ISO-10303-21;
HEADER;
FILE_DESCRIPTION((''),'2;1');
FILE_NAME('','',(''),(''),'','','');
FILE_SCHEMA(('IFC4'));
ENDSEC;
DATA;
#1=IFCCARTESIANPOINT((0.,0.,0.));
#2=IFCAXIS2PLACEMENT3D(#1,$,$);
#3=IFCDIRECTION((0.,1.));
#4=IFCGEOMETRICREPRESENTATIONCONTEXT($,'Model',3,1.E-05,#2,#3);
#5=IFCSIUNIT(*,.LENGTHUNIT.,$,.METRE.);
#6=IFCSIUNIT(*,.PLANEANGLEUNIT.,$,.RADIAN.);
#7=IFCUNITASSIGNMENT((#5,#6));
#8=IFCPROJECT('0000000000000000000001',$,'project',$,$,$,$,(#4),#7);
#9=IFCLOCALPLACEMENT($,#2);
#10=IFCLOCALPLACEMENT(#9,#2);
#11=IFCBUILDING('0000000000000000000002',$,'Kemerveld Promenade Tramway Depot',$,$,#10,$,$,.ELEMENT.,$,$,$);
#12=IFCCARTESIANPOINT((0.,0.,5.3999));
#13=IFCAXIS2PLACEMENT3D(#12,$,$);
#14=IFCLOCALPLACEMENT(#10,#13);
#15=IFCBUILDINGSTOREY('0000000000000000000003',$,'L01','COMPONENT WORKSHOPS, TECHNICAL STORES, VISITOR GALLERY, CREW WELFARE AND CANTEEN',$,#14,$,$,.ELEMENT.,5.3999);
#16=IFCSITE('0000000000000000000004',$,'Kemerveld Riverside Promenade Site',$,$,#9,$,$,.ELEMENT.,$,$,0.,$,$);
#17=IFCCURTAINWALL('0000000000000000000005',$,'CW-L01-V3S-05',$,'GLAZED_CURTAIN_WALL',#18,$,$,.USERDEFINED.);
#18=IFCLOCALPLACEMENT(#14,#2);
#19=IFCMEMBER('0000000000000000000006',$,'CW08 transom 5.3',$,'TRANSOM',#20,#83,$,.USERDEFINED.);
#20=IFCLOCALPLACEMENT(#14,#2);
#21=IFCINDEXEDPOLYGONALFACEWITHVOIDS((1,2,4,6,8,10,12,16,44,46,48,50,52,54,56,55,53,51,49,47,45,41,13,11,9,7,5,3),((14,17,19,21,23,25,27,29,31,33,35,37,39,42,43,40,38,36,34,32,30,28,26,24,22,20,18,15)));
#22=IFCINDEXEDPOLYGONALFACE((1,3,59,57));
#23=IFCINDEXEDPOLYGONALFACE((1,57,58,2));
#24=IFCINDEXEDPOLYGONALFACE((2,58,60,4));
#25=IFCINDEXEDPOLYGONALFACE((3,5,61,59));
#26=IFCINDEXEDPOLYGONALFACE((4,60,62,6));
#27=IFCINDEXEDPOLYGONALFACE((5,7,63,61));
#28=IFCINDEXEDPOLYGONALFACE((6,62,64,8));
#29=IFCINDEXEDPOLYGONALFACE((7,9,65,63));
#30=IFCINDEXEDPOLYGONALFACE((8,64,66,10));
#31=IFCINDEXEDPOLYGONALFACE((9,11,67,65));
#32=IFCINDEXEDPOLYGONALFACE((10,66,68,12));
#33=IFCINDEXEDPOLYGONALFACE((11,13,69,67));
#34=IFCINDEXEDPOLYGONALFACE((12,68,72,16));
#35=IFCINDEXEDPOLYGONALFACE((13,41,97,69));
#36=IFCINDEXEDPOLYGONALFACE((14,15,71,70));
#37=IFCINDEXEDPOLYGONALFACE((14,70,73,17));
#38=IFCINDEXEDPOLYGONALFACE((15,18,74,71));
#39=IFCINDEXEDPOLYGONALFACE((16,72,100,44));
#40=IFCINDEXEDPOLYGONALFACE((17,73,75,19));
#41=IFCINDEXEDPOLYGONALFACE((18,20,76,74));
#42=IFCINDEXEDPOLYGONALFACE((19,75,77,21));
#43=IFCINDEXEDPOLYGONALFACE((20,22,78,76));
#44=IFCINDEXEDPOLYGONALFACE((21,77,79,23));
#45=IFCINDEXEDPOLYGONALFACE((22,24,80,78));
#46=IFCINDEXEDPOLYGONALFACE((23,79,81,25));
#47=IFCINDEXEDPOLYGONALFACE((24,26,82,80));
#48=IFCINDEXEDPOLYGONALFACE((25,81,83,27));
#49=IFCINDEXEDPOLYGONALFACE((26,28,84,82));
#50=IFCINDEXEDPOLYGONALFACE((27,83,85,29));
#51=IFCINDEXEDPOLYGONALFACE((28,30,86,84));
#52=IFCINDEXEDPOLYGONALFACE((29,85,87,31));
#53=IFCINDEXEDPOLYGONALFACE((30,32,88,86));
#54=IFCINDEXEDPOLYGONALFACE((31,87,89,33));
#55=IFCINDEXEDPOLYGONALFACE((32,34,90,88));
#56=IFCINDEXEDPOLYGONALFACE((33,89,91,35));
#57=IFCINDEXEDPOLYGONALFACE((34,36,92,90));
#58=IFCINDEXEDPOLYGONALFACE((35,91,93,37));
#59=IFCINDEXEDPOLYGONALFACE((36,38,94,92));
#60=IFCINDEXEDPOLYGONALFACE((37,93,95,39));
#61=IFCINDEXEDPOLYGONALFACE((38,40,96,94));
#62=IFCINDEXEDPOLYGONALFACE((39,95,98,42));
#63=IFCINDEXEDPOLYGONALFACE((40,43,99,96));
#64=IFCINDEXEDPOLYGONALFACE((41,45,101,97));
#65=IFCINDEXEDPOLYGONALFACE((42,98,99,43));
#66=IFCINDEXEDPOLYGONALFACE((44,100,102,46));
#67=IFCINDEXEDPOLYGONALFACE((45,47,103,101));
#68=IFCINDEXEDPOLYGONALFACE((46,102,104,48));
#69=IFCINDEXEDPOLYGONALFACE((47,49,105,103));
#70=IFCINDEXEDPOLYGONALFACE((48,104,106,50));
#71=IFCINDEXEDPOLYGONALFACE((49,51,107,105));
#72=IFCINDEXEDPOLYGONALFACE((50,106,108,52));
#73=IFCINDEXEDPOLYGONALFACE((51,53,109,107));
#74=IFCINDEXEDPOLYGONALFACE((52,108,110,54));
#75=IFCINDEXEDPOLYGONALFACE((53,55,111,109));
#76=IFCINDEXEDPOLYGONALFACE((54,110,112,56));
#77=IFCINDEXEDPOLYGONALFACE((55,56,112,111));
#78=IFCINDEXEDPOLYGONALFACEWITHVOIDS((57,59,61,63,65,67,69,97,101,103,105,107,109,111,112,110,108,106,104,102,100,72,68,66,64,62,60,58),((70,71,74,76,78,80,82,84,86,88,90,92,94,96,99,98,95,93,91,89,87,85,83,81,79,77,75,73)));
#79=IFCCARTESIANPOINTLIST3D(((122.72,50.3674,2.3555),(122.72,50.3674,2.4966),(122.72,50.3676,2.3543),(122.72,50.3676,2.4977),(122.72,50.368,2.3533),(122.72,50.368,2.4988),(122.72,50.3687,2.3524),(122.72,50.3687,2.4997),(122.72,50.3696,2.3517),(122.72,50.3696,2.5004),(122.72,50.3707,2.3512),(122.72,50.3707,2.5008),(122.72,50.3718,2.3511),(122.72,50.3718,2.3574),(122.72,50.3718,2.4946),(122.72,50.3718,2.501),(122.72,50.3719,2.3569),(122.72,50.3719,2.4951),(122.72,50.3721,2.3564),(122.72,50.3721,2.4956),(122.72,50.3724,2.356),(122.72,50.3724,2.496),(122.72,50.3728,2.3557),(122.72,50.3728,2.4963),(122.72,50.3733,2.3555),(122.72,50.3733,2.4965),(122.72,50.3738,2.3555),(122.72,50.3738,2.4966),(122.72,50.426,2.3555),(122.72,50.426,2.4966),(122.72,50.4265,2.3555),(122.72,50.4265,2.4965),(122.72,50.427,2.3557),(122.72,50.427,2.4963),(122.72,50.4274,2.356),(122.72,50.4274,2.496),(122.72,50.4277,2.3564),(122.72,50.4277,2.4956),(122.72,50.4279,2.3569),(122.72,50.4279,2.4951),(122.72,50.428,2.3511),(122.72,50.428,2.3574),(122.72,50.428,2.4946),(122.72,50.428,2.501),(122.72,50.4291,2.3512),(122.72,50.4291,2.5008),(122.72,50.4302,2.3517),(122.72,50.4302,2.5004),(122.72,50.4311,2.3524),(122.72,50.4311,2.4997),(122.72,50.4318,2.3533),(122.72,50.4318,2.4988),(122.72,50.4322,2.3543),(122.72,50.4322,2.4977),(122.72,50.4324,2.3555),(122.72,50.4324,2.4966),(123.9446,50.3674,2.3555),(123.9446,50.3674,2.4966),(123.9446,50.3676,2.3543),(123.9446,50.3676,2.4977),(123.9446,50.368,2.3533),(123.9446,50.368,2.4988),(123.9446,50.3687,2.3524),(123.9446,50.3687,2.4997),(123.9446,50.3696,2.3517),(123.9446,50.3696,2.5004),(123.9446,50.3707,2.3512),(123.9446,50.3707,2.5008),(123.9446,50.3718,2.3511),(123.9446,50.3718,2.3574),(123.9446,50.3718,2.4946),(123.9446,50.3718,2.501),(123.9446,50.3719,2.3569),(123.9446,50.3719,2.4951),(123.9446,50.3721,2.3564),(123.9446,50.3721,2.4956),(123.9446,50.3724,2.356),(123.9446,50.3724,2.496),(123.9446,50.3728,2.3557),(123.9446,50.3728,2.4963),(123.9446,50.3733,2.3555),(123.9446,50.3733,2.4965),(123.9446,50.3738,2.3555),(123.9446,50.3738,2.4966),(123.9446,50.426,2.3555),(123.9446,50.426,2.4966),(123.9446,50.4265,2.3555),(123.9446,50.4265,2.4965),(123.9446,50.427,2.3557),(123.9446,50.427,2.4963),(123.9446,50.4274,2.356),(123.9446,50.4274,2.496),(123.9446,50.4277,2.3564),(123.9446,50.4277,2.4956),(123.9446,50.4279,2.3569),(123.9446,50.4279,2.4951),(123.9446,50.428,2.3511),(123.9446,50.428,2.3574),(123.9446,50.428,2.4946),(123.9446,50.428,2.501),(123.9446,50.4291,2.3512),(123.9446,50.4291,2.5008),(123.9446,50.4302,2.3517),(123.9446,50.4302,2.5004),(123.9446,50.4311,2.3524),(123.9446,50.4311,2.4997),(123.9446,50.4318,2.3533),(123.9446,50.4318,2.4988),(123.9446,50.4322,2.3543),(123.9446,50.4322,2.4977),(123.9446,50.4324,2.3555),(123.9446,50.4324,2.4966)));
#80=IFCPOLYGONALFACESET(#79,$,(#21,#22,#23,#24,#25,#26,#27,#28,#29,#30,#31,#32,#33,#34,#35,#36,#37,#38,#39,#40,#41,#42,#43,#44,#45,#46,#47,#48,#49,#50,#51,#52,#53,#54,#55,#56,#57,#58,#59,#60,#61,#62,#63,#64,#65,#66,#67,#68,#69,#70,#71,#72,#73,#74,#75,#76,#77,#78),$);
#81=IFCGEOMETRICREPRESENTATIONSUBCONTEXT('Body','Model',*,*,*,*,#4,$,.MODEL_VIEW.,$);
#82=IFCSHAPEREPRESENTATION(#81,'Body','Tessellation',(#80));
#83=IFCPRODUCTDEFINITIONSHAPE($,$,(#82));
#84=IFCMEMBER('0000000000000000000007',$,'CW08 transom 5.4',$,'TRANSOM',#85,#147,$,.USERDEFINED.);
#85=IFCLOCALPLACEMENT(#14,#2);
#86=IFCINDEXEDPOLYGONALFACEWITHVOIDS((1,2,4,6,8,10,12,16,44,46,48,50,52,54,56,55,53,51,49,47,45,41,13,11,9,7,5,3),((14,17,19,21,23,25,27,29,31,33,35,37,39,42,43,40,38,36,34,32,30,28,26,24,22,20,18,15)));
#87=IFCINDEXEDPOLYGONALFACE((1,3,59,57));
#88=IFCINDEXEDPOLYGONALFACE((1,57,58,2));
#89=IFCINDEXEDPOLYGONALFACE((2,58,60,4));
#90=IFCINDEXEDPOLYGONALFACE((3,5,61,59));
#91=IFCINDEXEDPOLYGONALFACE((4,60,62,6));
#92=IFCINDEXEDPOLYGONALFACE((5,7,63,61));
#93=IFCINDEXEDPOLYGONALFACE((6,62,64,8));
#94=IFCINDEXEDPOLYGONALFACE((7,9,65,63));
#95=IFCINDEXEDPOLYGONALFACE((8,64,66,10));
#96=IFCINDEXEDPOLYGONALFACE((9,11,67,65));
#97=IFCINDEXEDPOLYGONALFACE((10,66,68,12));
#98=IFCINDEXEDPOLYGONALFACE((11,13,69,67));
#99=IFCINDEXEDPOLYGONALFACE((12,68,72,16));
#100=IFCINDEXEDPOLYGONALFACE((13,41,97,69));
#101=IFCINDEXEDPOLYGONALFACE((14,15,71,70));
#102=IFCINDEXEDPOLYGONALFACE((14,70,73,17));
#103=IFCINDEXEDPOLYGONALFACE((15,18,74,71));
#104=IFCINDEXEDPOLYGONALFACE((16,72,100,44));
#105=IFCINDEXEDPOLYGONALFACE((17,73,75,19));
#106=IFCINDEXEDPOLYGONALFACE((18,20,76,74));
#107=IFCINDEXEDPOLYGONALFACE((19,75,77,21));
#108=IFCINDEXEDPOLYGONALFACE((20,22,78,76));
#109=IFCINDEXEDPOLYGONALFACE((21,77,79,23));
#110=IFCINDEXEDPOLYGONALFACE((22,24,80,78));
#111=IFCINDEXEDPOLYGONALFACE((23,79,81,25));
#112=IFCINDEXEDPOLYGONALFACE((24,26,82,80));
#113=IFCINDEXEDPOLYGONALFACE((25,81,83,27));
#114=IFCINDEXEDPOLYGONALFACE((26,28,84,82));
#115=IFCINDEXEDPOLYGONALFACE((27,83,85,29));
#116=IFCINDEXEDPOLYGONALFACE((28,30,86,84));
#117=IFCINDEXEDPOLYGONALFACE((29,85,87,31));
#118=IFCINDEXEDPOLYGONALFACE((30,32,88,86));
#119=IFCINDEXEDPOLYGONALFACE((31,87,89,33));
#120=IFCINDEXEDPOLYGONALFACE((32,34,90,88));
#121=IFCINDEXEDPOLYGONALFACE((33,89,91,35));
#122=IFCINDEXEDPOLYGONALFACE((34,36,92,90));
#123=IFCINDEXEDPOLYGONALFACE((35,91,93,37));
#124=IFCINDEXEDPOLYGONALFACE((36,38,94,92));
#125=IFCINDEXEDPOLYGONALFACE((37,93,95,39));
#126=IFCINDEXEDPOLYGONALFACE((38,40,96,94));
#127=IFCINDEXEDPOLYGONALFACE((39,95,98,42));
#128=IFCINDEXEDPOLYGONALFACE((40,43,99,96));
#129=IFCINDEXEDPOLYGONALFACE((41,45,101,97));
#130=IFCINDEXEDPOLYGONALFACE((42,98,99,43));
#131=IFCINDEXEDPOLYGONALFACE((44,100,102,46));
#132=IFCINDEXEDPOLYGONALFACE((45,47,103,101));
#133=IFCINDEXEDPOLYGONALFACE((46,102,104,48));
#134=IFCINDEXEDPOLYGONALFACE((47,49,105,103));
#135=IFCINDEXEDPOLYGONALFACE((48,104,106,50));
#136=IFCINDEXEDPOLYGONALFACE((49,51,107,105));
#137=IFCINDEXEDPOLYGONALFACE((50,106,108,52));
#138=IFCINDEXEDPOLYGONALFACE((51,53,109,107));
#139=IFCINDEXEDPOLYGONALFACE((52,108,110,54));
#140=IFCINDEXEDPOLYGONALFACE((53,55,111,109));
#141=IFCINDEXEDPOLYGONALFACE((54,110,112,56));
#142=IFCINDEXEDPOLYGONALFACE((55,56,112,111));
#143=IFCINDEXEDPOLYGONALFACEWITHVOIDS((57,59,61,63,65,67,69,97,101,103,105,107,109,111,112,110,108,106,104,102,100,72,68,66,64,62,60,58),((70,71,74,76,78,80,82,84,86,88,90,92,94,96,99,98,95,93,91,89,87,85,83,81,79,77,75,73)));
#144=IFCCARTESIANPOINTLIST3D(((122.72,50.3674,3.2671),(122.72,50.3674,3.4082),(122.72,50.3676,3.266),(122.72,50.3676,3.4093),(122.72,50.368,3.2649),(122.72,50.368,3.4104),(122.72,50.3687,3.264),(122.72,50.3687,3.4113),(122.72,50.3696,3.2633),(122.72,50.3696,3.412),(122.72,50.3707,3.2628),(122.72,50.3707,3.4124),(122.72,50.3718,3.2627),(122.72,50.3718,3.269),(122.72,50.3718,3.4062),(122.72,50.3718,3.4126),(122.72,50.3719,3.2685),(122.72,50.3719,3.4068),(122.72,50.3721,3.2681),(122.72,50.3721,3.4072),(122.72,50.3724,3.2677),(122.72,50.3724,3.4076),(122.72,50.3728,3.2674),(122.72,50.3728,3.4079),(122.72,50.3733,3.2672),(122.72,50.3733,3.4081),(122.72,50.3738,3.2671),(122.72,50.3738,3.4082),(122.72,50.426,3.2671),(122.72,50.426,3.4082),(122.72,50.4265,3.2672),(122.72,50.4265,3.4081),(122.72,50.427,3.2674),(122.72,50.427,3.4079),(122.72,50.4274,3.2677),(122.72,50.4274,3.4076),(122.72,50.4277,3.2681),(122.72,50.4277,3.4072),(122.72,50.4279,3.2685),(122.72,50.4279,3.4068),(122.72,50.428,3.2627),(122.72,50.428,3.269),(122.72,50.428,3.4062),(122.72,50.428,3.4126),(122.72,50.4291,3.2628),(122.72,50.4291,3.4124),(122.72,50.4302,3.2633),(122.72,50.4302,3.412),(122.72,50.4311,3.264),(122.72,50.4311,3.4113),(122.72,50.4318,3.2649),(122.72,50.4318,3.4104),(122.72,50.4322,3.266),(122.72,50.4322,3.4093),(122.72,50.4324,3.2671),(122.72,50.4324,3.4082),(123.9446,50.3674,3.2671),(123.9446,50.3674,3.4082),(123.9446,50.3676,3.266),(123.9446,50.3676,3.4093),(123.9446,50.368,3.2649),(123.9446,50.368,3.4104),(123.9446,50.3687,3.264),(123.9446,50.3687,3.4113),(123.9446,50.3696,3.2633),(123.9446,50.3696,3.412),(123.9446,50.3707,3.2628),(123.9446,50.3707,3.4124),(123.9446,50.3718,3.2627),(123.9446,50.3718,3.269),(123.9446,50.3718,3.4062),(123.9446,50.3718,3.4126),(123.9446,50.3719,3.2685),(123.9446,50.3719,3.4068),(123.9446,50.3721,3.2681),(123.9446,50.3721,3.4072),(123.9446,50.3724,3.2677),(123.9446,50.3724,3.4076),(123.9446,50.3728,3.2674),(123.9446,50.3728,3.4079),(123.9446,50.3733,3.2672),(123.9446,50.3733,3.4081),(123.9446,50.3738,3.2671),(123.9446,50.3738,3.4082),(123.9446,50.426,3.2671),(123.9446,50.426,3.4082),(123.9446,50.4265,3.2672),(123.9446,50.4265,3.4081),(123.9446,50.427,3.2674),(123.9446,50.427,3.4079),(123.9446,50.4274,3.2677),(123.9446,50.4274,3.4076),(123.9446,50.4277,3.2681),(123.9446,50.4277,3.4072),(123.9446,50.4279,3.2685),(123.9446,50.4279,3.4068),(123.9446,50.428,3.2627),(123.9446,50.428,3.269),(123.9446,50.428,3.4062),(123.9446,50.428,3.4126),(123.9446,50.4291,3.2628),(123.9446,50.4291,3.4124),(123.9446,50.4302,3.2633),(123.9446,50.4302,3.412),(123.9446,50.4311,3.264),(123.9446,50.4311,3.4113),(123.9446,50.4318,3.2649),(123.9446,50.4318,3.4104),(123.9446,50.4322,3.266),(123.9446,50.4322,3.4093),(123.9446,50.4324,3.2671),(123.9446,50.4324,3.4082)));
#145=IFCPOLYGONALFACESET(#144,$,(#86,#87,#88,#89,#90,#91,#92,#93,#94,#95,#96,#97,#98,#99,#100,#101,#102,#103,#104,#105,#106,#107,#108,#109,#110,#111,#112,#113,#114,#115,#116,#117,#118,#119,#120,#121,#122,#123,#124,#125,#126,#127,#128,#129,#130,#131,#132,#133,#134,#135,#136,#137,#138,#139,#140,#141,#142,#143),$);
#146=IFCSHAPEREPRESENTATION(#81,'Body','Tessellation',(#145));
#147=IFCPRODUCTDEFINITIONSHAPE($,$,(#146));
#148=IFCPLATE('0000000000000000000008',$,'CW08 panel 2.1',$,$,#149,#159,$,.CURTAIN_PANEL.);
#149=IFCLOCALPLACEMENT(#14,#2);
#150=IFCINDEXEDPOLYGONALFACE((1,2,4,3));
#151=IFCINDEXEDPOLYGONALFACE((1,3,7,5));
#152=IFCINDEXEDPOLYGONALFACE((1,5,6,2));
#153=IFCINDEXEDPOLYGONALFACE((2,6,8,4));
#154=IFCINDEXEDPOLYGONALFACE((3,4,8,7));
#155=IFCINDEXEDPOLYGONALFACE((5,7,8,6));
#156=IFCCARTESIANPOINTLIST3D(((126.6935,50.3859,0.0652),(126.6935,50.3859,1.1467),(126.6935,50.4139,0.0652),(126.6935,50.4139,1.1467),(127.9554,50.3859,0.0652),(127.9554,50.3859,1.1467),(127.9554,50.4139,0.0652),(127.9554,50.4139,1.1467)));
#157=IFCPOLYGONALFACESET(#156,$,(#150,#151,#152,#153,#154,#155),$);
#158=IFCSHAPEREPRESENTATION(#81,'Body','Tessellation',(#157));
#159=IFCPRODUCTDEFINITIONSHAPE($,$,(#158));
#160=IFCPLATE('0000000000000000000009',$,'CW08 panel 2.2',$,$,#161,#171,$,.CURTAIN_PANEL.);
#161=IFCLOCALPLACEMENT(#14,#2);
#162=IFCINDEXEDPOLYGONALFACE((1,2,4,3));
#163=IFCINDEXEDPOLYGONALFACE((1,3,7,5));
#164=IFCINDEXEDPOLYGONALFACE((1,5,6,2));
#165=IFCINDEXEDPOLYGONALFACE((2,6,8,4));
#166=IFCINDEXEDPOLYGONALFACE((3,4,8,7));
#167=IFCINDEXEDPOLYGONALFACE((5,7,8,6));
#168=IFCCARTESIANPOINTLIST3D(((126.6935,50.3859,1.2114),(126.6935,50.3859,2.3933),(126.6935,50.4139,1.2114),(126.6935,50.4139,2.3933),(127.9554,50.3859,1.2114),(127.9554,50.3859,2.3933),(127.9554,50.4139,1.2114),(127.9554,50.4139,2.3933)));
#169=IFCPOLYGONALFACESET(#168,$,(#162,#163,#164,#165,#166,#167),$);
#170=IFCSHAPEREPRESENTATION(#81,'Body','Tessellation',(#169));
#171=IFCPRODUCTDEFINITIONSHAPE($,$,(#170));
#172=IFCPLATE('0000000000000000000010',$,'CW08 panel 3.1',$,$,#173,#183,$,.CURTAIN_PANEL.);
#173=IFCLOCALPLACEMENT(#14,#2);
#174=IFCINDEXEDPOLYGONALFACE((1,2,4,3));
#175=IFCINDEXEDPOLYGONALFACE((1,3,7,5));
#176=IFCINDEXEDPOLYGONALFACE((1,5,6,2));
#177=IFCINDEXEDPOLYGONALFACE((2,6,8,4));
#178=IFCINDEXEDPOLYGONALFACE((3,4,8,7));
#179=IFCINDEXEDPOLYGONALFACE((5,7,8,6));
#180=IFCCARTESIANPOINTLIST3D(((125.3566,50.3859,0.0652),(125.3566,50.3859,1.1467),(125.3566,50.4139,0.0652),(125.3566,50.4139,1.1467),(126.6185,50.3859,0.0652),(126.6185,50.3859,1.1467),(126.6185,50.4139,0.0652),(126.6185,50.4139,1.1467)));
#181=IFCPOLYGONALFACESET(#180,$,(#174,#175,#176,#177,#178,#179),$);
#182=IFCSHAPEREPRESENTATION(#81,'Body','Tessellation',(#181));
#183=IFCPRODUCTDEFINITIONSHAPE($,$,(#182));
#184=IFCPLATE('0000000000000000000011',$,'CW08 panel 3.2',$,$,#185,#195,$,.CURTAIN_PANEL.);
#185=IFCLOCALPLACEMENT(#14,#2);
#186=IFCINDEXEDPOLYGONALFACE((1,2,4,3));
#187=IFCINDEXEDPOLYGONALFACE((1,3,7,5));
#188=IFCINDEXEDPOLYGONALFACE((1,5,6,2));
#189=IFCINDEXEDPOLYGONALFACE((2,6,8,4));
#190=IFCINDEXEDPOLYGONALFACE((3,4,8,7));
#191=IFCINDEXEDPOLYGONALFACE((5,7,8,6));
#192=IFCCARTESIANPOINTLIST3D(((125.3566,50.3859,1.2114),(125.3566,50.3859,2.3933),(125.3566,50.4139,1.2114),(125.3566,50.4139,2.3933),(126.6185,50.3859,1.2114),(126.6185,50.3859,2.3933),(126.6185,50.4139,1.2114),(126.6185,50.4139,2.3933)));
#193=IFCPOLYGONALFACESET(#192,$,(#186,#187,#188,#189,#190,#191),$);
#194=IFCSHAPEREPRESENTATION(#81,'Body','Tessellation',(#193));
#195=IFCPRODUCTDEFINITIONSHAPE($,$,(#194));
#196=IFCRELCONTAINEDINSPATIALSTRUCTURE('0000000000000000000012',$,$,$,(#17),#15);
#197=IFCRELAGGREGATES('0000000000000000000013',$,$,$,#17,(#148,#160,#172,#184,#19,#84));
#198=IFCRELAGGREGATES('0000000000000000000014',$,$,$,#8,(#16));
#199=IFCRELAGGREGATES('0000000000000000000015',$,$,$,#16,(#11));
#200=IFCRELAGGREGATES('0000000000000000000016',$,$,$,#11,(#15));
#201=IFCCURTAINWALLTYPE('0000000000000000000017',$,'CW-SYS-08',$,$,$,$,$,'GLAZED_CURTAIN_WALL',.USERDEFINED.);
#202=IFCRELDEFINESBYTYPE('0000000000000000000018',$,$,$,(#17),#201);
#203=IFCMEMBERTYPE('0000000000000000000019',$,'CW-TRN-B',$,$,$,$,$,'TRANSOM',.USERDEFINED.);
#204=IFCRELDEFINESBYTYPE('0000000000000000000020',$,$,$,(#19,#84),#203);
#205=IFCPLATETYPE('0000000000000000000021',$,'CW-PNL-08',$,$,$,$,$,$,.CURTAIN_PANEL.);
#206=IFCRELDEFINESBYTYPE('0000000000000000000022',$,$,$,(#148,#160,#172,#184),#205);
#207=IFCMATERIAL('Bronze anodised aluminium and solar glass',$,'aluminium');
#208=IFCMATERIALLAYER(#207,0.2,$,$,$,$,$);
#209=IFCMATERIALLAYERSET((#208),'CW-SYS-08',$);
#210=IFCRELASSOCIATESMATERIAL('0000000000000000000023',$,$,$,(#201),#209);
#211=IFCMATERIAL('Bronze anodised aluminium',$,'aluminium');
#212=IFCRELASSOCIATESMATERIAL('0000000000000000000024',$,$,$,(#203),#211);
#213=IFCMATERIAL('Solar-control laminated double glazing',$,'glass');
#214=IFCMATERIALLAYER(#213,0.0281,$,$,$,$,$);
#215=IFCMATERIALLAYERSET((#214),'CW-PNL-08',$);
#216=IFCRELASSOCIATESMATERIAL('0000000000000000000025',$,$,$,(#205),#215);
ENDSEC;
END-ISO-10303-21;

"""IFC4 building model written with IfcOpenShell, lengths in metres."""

from ifc_helpers import new_model, si_unit, direction, frame, origin, origin_2d, place, context, subcontext, project, spatial, rectangle, hollow_rectangle, extrude, material, layer, layer_set, material_profile, profile_set, type_object, element, aggregate, save


model = new_model("IFC4")

# Units and contexts
model_context = context("Model", 3, precision=1e-05, world=origin(), true_north=direction((0.0, 1.0)))
body_context = subcontext(model_context, "Body", "Model", "MODEL_VIEW")
ifc_project = project(units=[si_unit("LENGTHUNIT", "METRE"), si_unit("PLANEANGLEUNIT", "RADIAN")], contexts=[model_context])

# Site, building, storey
site_placement = place(None, origin())
site = spatial("IfcSite", under=ifc_project, at=site_placement, Name="Kemerveld Riverside Promenade Site", CompositionType="ELEMENT", RefElevation=0.0)
building_placement = place(site_placement, origin())
building = spatial("IfcBuilding", under=site, at=building_placement, Name="Kemerveld Promenade Tramway Depot", CompositionType="ELEMENT")
storey_placement = place(building_placement, frame((0.0, 0.0, 5.3999)))
storey = spatial("IfcBuildingStorey", under=building, at=storey_placement, Name="L01", Description="COMPONENT WORKSHOPS, TECHNICAL STORES, VISITOR GALLERY, CREW WELFARE AND CANTEEN", CompositionType="ELEMENT", Elevation=5.3999)

# Curtain wall, members, plates
ifc_material_1 = material(Name="Bronze anodised aluminium and solar glass", Category="aluminium")
ifc_layer_1 = layer(ifc_material_1, 0.2)
ifc_layer_set_1 = layer_set([ifc_layer_1], Name="CW-SYS-08")
curtain_wall_type = type_object("IfcCurtainWallType", Name="CW-SYS-08", ElementType="GLAZED_CURTAIN_WALL", PredefinedType="USERDEFINED", material=ifc_layer_set_1)
curtain_wall_placement = place(storey_placement, origin())
curtain_wall = element("IfcCurtainWall", 1, at=curtain_wall_placement, inside=storey, type_object=curtain_wall_type, Name="CW-L01-V3S-05", ObjectType="GLAZED_CURTAIN_WALL", PredefinedType="USERDEFINED")
ifc_material_2 = material(Name="Bronze anodised aluminium", Category="aluminium")
ifc_material_profile_1 = material_profile(ifc_material_2, hollow_rectangle(XDim=0.0649, YDim=0.1499, WallThickness=0.0044, InnerFilletRadius=0.002, OuterFilletRadius=0.0044, at=origin_2d()), Name="CW-TRN-150x65")
ifc_profile_set_1 = profile_set([ifc_material_profile_1], Name="Bronze anodised aluminium")
member_type_1 = type_object("IfcMemberType", Name="CW-TRN-B", ElementType="TRANSOM", PredefinedType="USERDEFINED", material=ifc_profile_set_1)
member_1_placement = place(storey_placement, frame((123.9446, 50.3999, 2.426), z_axis=(-1.0, 0.0, 0.0), x_axis=(0.0, -1.0, 0.0)))
member_1 = element("IfcMember", 2, at=member_1_placement, type_object=member_type_1, Name="CW08 transom 5.3", ObjectType="TRANSOM", PredefinedType="USERDEFINED", context=body_context, shape_type="SweptSolid", body=[
    extrude(hollow_rectangle(XDim=0.0649, YDim=0.1499, WallThickness=0.0044, InnerFilletRadius=0.002, OuterFilletRadius=0.0044, at=origin_2d()), origin(), (0.0, 0.0, 1.0), 1.2246),
])
member_2_placement = place(storey_placement, frame((123.9446, 50.3999, 3.3376), z_axis=(-1.0, 0.0, 0.0), x_axis=(0.0, -1.0, 0.0)))
member_2 = element("IfcMember", 3, at=member_2_placement, type_object=member_type_1, Name="CW08 transom 5.4", ObjectType="TRANSOM", PredefinedType="USERDEFINED", context=body_context, shape_type="SweptSolid", body=[
    extrude(hollow_rectangle(XDim=0.0649, YDim=0.1499, WallThickness=0.0044, InnerFilletRadius=0.002, OuterFilletRadius=0.0044, at=origin_2d()), origin(), (0.0, 0.0, 1.0), 1.2246),
])
ifc_material_3 = material(Name="Solar-control laminated double glazing", Category="glass")
ifc_layer_2 = layer(ifc_material_3, 0.0281)
ifc_layer_set_2 = layer_set([ifc_layer_2], Name="CW-PNL-08")
plate_type = type_object("IfcPlateType", Name="CW-PNL-08", PredefinedType="CURTAIN_PANEL", material=ifc_layer_set_2)
plate_1_placement = place(storey_placement, frame((127.3245, 50.3999, 0.0652), z_axis=(0.0, 0.0, 1.0), x_axis=(-1.0, 0.0, 0.0)))
plate_1 = element("IfcPlate", 4, at=plate_1_placement, type_object=plate_type, Name="CW08 panel 2.1", PredefinedType="CURTAIN_PANEL", context=body_context, shape_type="SweptSolid", body=[
    extrude(rectangle(XDim=1.262, YDim=0.0281, at=origin_2d()), origin(), (0.0, 0.0, 1.0), 1.0815),
])
plate_2_placement = place(storey_placement, frame((127.3245, 50.3999, 1.2114), z_axis=(0.0, 0.0, 1.0), x_axis=(-1.0, 0.0, 0.0)))
plate_2 = element("IfcPlate", 5, at=plate_2_placement, type_object=plate_type, Name="CW08 panel 2.2", PredefinedType="CURTAIN_PANEL", context=body_context, shape_type="SweptSolid", body=[
    extrude(rectangle(XDim=1.262, YDim=0.0281, at=origin_2d()), origin(), (0.0, 0.0, 1.0), 1.1819),
])
plate_3_placement = place(storey_placement, frame((125.9875, 50.3999, 0.0652), z_axis=(0.0, 0.0, 1.0), x_axis=(-1.0, 0.0, 0.0)))
plate_3 = element("IfcPlate", 6, at=plate_3_placement, type_object=plate_type, Name="CW08 panel 3.1", PredefinedType="CURTAIN_PANEL", context=body_context, shape_type="SweptSolid", body=[
    extrude(rectangle(XDim=1.262, YDim=0.0281, at=origin_2d()), origin(), (0.0, 0.0, 1.0), 1.0815),
])
plate_4_placement = place(storey_placement, frame((125.9875, 50.3999, 1.2114), z_axis=(0.0, 0.0, 1.0), x_axis=(-1.0, 0.0, 0.0)))
plate_4 = element("IfcPlate", 7, at=plate_4_placement, type_object=plate_type, Name="CW08 panel 3.2", PredefinedType="CURTAIN_PANEL", context=body_context, shape_type="SweptSolid", body=[
    extrude(rectangle(XDim=1.262, YDim=0.0281, at=origin_2d()), origin(), (0.0, 0.0, 1.0), 1.1819),
])
aggregate(curtain_wall, [plate_1, plate_2, plate_3, plate_4, member_1, member_2])

save(model, "model.ifc")
